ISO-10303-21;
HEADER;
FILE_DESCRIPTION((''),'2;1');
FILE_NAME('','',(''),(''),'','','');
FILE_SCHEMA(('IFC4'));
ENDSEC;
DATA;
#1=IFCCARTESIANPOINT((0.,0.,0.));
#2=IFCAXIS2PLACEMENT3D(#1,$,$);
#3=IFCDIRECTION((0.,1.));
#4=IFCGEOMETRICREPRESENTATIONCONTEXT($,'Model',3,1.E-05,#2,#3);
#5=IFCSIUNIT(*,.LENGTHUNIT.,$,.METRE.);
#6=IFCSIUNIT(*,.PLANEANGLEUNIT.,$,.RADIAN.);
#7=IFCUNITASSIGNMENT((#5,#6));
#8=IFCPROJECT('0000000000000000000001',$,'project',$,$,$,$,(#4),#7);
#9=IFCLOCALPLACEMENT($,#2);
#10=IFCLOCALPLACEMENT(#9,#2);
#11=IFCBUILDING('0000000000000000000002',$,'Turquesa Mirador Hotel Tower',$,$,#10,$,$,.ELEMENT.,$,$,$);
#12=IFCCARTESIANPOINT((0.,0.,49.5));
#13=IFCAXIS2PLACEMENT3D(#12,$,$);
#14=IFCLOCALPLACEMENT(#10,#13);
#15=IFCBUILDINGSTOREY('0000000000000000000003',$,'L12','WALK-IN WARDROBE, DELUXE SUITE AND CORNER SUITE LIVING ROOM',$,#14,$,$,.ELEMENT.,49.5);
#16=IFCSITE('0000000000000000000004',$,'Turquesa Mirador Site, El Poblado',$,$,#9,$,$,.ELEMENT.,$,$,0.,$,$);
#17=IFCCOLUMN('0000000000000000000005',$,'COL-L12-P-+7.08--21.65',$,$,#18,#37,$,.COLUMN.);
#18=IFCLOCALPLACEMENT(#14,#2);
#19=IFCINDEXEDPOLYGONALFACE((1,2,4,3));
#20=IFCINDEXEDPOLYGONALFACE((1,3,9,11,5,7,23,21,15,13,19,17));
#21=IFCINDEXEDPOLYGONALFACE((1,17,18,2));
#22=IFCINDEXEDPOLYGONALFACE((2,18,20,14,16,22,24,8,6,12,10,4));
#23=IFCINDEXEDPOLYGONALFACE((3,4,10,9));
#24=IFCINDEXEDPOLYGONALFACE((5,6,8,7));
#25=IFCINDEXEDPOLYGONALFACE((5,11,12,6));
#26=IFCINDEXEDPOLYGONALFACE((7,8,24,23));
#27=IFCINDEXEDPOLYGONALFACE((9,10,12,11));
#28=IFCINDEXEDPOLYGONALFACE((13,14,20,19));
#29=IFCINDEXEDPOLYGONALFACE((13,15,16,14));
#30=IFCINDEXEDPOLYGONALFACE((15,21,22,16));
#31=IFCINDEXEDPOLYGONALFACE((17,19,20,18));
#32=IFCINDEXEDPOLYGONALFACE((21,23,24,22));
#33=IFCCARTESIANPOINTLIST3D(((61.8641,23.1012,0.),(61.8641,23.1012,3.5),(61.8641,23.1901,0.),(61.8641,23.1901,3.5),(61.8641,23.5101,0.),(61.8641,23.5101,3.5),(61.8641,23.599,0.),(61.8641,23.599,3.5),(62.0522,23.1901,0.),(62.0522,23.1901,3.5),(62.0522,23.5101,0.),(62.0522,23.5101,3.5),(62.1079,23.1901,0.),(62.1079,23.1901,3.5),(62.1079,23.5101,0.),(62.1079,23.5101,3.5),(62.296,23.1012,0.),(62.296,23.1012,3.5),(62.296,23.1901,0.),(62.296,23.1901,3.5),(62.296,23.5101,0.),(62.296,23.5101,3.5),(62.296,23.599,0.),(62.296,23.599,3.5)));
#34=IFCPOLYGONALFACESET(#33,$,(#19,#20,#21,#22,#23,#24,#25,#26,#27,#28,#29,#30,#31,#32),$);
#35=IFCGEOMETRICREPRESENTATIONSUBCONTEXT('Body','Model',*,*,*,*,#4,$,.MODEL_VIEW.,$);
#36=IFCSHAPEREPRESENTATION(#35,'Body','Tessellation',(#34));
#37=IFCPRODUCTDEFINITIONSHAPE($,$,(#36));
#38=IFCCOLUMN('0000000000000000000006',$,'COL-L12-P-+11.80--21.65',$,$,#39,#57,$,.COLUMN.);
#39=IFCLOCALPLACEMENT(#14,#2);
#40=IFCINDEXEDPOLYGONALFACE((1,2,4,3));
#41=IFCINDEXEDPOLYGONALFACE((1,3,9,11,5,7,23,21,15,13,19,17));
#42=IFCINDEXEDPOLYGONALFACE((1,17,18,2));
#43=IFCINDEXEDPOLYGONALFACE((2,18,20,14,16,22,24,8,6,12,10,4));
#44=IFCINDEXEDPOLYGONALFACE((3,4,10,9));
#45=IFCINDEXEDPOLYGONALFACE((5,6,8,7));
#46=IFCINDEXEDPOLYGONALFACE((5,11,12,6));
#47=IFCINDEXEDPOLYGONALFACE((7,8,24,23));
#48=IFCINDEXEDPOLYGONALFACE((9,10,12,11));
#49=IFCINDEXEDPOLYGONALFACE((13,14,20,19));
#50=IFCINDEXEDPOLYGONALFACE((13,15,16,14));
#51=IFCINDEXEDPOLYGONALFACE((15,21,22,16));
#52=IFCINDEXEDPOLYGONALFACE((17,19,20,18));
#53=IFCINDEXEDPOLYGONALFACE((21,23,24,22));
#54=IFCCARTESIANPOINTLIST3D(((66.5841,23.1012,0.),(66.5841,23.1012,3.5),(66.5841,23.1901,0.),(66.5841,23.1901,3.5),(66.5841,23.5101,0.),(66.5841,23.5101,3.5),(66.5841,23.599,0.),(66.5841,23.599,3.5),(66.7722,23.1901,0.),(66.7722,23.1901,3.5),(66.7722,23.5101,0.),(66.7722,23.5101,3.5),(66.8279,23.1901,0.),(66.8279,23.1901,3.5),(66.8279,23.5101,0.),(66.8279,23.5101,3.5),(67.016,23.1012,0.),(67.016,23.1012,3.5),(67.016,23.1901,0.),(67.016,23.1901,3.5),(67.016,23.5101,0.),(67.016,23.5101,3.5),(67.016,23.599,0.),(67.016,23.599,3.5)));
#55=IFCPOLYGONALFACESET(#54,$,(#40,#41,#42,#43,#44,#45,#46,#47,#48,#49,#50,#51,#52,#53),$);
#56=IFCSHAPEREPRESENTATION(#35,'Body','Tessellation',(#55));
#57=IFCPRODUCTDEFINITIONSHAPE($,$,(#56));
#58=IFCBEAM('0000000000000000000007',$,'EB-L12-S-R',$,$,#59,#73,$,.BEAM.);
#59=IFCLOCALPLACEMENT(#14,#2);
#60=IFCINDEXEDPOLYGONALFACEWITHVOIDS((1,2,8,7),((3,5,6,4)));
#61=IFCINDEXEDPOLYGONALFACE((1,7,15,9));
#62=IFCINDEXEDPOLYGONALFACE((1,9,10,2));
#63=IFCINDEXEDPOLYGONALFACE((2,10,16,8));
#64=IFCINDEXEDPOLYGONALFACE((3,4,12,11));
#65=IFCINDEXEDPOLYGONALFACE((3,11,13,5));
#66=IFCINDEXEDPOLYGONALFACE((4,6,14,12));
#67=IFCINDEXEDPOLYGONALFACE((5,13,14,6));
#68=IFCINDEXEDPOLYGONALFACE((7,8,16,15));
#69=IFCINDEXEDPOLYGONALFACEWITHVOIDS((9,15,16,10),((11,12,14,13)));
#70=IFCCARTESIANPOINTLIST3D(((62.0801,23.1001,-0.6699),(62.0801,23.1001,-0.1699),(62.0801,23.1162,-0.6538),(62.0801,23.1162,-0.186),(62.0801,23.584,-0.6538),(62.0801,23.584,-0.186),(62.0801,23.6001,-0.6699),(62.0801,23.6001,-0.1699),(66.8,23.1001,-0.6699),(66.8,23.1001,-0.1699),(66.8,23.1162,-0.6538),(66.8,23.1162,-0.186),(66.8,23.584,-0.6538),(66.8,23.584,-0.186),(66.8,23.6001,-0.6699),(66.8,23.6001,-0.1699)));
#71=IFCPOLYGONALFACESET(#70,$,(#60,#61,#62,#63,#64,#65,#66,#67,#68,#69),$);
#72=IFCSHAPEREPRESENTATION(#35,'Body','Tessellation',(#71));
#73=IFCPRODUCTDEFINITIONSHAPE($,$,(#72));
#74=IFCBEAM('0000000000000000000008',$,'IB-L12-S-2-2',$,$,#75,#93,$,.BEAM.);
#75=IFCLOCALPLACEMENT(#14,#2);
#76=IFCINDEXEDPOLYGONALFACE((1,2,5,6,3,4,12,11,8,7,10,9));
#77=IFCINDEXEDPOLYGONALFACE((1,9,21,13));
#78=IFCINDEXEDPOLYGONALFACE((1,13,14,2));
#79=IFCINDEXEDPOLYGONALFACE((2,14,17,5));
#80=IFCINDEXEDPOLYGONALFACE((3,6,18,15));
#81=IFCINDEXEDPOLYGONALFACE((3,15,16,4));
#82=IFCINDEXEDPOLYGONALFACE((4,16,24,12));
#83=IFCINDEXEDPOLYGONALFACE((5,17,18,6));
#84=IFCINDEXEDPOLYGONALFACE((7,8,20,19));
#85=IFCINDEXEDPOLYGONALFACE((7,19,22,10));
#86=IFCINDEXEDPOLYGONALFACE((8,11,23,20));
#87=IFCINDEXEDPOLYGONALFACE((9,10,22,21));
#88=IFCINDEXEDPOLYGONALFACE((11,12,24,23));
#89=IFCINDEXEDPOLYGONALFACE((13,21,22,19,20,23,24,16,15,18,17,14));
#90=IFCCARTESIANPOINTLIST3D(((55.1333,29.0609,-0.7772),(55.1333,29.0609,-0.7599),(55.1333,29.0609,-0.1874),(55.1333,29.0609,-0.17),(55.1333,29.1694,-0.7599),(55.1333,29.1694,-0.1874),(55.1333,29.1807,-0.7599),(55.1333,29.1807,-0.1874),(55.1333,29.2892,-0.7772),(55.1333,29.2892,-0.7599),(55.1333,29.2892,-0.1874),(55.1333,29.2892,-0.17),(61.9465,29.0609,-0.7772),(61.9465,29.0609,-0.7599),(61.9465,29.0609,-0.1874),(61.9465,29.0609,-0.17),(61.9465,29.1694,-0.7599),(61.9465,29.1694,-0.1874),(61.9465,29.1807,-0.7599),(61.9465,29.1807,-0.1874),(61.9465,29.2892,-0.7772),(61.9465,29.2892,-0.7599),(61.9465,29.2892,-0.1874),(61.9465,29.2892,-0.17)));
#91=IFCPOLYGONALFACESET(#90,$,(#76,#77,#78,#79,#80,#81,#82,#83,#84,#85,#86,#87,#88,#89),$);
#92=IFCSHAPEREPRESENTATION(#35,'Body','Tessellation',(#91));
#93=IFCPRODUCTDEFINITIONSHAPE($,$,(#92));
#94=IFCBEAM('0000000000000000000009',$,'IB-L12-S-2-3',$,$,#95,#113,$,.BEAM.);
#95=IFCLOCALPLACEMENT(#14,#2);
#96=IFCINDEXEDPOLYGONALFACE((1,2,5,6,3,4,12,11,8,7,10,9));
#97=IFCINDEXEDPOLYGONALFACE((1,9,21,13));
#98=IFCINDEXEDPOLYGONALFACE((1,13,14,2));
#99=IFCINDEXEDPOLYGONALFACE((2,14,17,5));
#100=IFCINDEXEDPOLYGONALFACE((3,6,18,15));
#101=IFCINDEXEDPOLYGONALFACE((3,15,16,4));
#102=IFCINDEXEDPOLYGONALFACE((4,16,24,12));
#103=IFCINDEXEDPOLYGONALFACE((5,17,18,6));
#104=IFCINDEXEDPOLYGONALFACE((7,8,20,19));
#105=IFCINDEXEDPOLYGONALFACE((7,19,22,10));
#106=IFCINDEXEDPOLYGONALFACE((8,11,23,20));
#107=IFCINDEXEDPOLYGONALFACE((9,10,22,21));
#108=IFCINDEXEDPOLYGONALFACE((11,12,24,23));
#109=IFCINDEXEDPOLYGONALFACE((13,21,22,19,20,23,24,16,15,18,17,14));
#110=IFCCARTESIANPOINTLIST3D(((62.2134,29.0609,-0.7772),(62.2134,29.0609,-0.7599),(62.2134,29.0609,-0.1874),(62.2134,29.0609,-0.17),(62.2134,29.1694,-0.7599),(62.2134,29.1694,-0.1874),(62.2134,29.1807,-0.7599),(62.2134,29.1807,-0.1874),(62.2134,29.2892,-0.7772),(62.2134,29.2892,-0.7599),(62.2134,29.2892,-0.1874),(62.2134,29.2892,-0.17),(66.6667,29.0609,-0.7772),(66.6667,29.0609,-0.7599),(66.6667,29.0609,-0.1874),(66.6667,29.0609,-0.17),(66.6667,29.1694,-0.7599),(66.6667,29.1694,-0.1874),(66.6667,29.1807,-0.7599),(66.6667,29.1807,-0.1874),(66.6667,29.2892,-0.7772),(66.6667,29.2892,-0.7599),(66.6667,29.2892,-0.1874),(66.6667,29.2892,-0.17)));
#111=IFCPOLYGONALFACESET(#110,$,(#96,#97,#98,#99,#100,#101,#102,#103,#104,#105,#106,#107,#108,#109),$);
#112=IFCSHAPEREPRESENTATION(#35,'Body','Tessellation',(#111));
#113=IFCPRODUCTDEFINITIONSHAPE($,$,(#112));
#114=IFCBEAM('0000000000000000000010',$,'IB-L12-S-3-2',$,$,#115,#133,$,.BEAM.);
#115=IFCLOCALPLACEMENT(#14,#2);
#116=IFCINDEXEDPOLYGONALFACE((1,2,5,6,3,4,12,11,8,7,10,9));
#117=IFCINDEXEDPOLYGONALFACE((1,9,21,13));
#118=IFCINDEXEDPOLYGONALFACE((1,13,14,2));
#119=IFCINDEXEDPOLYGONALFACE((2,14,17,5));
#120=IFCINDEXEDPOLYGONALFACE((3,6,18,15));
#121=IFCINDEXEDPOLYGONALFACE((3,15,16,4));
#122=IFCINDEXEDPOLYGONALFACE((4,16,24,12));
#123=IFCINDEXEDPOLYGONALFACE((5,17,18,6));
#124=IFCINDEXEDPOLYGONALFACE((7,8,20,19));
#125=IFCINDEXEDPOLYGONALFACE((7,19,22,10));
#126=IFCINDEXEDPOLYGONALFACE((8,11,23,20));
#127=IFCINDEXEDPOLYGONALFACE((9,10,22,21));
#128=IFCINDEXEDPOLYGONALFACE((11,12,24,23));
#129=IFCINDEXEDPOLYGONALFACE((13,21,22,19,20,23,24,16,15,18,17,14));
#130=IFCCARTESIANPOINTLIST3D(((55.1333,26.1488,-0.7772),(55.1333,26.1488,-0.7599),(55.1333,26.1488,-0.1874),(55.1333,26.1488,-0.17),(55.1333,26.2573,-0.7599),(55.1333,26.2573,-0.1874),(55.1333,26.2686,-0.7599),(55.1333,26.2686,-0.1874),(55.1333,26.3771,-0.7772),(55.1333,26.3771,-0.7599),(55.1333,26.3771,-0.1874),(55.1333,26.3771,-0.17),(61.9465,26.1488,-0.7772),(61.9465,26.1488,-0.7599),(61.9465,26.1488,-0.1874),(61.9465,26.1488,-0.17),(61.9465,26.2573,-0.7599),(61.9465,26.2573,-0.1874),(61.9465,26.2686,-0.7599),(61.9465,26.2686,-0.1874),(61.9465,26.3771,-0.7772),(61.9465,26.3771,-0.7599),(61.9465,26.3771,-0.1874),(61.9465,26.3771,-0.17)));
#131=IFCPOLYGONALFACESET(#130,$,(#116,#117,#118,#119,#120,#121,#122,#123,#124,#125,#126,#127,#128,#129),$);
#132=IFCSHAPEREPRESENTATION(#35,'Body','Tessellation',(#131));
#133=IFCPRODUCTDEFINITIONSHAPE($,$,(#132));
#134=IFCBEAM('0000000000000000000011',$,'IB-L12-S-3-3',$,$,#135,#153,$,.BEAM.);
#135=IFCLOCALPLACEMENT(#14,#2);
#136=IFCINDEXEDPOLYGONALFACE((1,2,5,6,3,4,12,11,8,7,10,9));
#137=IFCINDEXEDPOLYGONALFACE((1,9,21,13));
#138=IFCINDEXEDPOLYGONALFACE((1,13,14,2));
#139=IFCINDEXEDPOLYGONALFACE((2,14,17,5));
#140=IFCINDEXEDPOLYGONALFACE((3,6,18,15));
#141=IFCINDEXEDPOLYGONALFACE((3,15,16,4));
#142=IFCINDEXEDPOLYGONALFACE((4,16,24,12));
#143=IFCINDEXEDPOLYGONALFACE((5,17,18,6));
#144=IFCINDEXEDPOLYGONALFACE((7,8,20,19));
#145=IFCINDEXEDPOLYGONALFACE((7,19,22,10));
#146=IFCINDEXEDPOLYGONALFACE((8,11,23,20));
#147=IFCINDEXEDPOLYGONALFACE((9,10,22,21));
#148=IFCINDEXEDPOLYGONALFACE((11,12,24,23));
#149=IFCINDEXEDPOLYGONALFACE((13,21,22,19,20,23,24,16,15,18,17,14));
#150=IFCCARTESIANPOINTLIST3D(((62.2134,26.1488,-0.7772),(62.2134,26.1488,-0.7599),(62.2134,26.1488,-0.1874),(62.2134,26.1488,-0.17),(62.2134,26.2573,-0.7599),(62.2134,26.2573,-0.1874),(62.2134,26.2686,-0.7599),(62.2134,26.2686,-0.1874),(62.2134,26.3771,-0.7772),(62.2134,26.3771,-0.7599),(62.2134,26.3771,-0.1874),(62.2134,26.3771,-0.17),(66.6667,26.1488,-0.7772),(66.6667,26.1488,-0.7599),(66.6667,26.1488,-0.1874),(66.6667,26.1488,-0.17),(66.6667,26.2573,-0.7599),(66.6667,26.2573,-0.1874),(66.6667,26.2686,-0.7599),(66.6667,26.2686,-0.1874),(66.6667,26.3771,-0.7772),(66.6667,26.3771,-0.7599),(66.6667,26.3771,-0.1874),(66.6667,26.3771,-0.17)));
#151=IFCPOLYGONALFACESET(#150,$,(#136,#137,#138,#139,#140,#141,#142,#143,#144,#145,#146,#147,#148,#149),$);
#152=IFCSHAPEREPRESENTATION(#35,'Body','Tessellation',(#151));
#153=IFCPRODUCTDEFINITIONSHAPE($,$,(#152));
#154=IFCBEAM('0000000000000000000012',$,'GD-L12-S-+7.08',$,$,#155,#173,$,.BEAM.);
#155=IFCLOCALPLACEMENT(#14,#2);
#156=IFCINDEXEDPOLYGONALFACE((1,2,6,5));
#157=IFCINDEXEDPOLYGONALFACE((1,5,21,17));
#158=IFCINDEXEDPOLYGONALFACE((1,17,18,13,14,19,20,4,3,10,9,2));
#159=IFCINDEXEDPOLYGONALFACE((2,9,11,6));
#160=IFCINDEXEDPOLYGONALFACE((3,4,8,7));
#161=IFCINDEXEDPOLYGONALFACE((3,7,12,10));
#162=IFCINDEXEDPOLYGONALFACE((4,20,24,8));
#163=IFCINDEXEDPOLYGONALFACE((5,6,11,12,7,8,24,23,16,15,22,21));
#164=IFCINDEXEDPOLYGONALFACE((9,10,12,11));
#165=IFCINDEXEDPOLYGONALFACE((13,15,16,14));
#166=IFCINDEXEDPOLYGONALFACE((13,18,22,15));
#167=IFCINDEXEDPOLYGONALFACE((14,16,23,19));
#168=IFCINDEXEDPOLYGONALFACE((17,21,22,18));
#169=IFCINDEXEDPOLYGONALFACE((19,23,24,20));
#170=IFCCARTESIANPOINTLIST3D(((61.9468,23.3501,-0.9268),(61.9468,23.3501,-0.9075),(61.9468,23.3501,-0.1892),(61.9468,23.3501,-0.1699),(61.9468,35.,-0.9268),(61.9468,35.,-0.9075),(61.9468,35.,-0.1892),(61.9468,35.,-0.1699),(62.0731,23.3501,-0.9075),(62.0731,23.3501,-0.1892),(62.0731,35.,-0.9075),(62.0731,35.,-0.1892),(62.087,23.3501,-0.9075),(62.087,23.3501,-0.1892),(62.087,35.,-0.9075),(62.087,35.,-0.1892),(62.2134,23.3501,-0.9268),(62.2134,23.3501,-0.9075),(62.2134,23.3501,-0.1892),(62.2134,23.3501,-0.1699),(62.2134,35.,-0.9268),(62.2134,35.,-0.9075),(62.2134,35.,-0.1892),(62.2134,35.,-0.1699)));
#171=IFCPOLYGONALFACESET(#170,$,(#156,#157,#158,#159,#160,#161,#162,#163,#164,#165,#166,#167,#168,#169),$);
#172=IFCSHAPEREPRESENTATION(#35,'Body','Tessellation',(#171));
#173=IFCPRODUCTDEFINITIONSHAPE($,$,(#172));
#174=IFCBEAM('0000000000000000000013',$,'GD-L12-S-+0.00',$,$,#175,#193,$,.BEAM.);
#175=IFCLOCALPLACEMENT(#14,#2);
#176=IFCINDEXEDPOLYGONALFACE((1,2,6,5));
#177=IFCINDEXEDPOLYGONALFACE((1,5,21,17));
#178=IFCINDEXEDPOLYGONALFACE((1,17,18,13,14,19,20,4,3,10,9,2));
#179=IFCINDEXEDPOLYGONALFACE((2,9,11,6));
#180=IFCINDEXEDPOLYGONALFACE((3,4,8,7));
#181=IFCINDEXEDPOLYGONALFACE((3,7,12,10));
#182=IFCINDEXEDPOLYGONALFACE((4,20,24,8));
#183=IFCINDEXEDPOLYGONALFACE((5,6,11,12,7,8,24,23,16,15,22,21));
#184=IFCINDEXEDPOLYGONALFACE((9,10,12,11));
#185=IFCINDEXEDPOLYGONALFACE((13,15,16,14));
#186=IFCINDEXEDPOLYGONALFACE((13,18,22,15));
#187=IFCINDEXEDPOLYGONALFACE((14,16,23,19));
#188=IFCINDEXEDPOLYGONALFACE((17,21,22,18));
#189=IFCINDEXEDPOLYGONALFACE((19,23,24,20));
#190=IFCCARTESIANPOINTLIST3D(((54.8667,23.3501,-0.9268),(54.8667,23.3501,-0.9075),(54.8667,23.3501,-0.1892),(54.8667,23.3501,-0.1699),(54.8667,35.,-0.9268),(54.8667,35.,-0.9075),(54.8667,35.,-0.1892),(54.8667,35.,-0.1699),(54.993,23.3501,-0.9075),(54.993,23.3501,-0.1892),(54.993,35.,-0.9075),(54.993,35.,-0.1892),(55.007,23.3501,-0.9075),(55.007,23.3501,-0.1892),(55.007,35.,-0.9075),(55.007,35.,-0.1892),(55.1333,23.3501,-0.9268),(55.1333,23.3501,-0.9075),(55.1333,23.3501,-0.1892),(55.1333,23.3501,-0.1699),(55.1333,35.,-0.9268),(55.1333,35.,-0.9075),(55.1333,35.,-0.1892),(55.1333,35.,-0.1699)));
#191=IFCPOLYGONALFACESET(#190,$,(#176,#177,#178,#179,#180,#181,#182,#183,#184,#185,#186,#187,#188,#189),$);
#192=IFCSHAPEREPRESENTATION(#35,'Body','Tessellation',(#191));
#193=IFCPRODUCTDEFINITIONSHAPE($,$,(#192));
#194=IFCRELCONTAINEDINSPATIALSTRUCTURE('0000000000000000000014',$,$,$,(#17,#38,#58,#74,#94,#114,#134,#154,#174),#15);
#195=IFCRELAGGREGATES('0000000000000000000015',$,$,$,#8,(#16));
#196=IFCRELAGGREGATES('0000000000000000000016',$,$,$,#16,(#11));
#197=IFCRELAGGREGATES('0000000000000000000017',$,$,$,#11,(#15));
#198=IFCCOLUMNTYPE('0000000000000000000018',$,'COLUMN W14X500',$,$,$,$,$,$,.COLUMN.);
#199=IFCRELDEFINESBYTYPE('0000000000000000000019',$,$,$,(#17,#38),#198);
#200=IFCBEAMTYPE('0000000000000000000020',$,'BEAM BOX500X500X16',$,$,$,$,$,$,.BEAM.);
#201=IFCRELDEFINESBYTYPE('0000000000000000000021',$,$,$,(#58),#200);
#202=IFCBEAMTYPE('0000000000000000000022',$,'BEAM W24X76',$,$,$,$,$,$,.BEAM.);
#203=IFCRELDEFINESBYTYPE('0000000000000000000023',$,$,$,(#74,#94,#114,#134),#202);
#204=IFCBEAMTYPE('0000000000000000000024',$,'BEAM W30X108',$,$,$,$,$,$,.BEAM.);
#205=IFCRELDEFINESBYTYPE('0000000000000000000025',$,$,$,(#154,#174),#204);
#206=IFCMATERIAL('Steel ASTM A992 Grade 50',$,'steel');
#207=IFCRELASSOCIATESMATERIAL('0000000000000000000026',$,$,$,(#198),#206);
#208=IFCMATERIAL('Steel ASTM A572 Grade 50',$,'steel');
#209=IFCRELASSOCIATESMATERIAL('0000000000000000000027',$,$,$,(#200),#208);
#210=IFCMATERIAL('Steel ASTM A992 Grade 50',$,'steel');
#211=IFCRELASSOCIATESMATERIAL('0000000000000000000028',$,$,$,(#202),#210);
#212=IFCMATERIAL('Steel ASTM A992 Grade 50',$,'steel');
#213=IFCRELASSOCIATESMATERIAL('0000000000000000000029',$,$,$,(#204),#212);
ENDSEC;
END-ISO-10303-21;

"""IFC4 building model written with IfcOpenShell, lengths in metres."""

from ifc_helpers import new_model, si_unit, direction, frame, origin, origin_2d, place, context, subcontext, project, spatial, hollow_rectangle, i_section, extrude, material, material_profile, profile_set, type_object, element, save


model = new_model("IFC4")

# Units and contexts
model_context = context("Model", 3, precision=1e-05, world=origin(), true_north=direction((0.0, 1.0)))
body_context = subcontext(model_context, "Body", "Model", "MODEL_VIEW")
ifc_project = project(units=[si_unit("LENGTHUNIT", "METRE"), si_unit("PLANEANGLEUNIT", "RADIAN")], contexts=[model_context])

# Site, building, storey
site_placement = place(None, origin())
site = spatial("IfcSite", under=ifc_project, at=site_placement, Name="Turquesa Mirador Site, El Poblado", CompositionType="ELEMENT", RefElevation=0.0)
building_placement = place(site_placement, origin())
building = spatial("IfcBuilding", under=site, at=building_placement, Name="Turquesa Mirador Hotel Tower", CompositionType="ELEMENT")
storey_placement = place(building_placement, frame((0.0, 0.0, 49.5)))
storey = spatial("IfcBuildingStorey", under=building, at=storey_placement, Name="L12", Description="WALK-IN WARDROBE, DELUXE SUITE AND CORNER SUITE LIVING ROOM", CompositionType="ELEMENT", Elevation=49.5)

# Columns
ifc_material_1 = material(Name="Steel ASTM A992 Grade 50", Category="steel")
ifc_material_profile_1 = material_profile(ifc_material_1, i_section(OverallWidth=0.4319, OverallDepth=0.4978, WebThickness=0.0557, FlangeThickness=0.0889, at=origin_2d()), Name="W14X500")
ifc_profile_set_1 = profile_set([ifc_material_profile_1], Name="Steel ASTM A992 Grade 50")
column_type = type_object("IfcColumnType", Name="COLUMN W14X500", PredefinedType="COLUMN", material=ifc_profile_set_1)
for number, where, z_axis, x_axis, name in (
    (1, (62.0801, 23.3501, 0.0), (0.0, 0.0, 1.0), (1.0, 0.0, 0.0), "COL-L12-P-+7.08--21.65"),
    (2, (66.8, 23.3501, 0.0), (0.0, 0.0, 1.0), (1.0, 0.0, 0.0), "COL-L12-P-+11.80--21.65"),
):
    element("IfcColumn", number, at=place(storey_placement, frame(where, z_axis=z_axis, x_axis=x_axis)), inside=storey, type_object=column_type, Name=name, PredefinedType="COLUMN", context=body_context, shape_type="SweptSolid", body=[
        extrude(i_section(OverallWidth=0.4319, OverallDepth=0.4978, WebThickness=0.0557, FlangeThickness=0.0889, at=origin_2d()), origin(), (0.0, 0.0, 1.0), 3.5),
    ])

# Beams
ifc_material_2 = material(Name="Steel ASTM A572 Grade 50", Category="steel")
ifc_material_profile_2 = material_profile(ifc_material_2, hollow_rectangle(XDim=0.5, YDim=0.5, WallThickness=0.0161, at=origin_2d()), Name="BOX500X500X16")
ifc_profile_set_2 = profile_set([ifc_material_profile_2], Name="Steel ASTM A572 Grade 50")
beam_type_1 = type_object("IfcBeamType", Name="BEAM BOX500X500X16", PredefinedType="BEAM", material=ifc_profile_set_2)
beam_1_placement = place(storey_placement, frame((62.0801, 23.3501, -0.4199), z_axis=(1.0, 0.0, 0.0), x_axis=(0.0, 1.0, 0.0)))
element("IfcBeam", 3, at=beam_1_placement, inside=storey, type_object=beam_type_1, Name="EB-L12-S-R", PredefinedType="BEAM", context=body_context, shape_type="SweptSolid", body=[
    extrude(hollow_rectangle(XDim=0.5, YDim=0.5, WallThickness=0.0161, at=origin_2d()), origin(), (0.0, 0.0, 1.0), 4.72),
])
ifc_material_3 = material(Name="Steel ASTM A992 Grade 50", Category="steel")
ifc_material_profile_3 = material_profile(ifc_material_3, i_section(OverallWidth=0.2283, OverallDepth=0.6072, WebThickness=0.0112, FlangeThickness=0.0173, at=origin_2d()), Name="W24X76")
ifc_profile_set_3 = profile_set([ifc_material_profile_3], Name="Steel ASTM A992 Grade 50")
beam_type_2 = type_object("IfcBeamType", Name="BEAM W24X76", PredefinedType="BEAM", material=ifc_profile_set_3)
beam_2_placement = place(storey_placement, frame((55.1333, 29.175, -0.4736), z_axis=(1.0, 0.0, 0.0), x_axis=(0.0, 1.0, 0.0)))
element("IfcBeam", 4, at=beam_2_placement, inside=storey, type_object=beam_type_2, Name="IB-L12-S-2-2", PredefinedType="BEAM", context=body_context, shape_type="SweptSolid", body=[
    extrude(i_section(OverallWidth=0.2283, OverallDepth=0.6072, WebThickness=0.0112, FlangeThickness=0.0173, at=origin_2d()), origin(), (0.0, 0.0, 1.0), 6.8132),
])
beam_3_placement = place(storey_placement, frame((62.2134, 29.175, -0.4736), z_axis=(1.0, 0.0, 0.0), x_axis=(0.0, 1.0, 0.0)))
element("IfcBeam", 5, at=beam_3_placement, inside=storey, type_object=beam_type_2, Name="IB-L12-S-2-3", PredefinedType="BEAM", context=body_context, shape_type="SweptSolid", body=[
    extrude(i_section(OverallWidth=0.2283, OverallDepth=0.6072, WebThickness=0.0112, FlangeThickness=0.0173, at=origin_2d()), origin(), (0.0, 0.0, 1.0), 4.4534),
])
beam_4_placement = place(storey_placement, frame((55.1333, 26.2629, -0.4736), z_axis=(1.0, 0.0, 0.0), x_axis=(0.0, 1.0, 0.0)))
element("IfcBeam", 6, at=beam_4_placement, inside=storey, type_object=beam_type_2, Name="IB-L12-S-3-2", PredefinedType="BEAM", context=body_context, shape_type="SweptSolid", body=[
    extrude(i_section(OverallWidth=0.2283, OverallDepth=0.6072, WebThickness=0.0112, FlangeThickness=0.0173, at=origin_2d()), origin(), (0.0, 0.0, 1.0), 6.8132),
])
beam_5_placement = place(storey_placement, frame((62.2134, 26.2629, -0.4736), z_axis=(1.0, 0.0, 0.0), x_axis=(0.0, 1.0, 0.0)))
element("IfcBeam", 7, at=beam_5_placement, inside=storey, type_object=beam_type_2, Name="IB-L12-S-3-3", PredefinedType="BEAM", context=body_context, shape_type="SweptSolid", body=[
    extrude(i_section(OverallWidth=0.2283, OverallDepth=0.6072, WebThickness=0.0112, FlangeThickness=0.0173, at=origin_2d()), origin(), (0.0, 0.0, 1.0), 4.4534),
])
ifc_material_4 = material(Name="Steel ASTM A992 Grade 50", Category="steel")
ifc_material_profile_4 = material_profile(ifc_material_4, i_section(OverallWidth=0.2666, OverallDepth=0.7568, WebThickness=0.0139, FlangeThickness=0.0193, at=origin_2d()), Name="W30X108")
ifc_profile_set_4 = profile_set([ifc_material_profile_4], Name="Steel ASTM A992 Grade 50")
beam_type_3 = type_object("IfcBeamType", Name="BEAM W30X108", PredefinedType="BEAM", material=ifc_profile_set_4)
for number, where, z_axis, x_axis, name in (
    (8, (62.0801, 23.3501, -0.5483), (0.0, 1.0, 0.0), (-1.0, 0.0, 0.0), "GD-L12-S-+7.08"),
    (9, (55.0, 23.3501, -0.5483), (0.0, 1.0, 0.0), (-1.0, 0.0, 0.0), "GD-L12-S-+0.00"),
):
    element("IfcBeam", number, at=place(storey_placement, frame(where, z_axis=z_axis, x_axis=x_axis)), inside=storey, type_object=beam_type_3, Name=name, PredefinedType="BEAM", context=body_context, shape_type="SweptSolid", body=[
        extrude(i_section(OverallWidth=0.2666, OverallDepth=0.7568, WebThickness=0.0139, FlangeThickness=0.0193, at=origin_2d()), origin(), (0.0, 0.0, 1.0), 11.6499),
    ])

save(model, "model.ifc")
